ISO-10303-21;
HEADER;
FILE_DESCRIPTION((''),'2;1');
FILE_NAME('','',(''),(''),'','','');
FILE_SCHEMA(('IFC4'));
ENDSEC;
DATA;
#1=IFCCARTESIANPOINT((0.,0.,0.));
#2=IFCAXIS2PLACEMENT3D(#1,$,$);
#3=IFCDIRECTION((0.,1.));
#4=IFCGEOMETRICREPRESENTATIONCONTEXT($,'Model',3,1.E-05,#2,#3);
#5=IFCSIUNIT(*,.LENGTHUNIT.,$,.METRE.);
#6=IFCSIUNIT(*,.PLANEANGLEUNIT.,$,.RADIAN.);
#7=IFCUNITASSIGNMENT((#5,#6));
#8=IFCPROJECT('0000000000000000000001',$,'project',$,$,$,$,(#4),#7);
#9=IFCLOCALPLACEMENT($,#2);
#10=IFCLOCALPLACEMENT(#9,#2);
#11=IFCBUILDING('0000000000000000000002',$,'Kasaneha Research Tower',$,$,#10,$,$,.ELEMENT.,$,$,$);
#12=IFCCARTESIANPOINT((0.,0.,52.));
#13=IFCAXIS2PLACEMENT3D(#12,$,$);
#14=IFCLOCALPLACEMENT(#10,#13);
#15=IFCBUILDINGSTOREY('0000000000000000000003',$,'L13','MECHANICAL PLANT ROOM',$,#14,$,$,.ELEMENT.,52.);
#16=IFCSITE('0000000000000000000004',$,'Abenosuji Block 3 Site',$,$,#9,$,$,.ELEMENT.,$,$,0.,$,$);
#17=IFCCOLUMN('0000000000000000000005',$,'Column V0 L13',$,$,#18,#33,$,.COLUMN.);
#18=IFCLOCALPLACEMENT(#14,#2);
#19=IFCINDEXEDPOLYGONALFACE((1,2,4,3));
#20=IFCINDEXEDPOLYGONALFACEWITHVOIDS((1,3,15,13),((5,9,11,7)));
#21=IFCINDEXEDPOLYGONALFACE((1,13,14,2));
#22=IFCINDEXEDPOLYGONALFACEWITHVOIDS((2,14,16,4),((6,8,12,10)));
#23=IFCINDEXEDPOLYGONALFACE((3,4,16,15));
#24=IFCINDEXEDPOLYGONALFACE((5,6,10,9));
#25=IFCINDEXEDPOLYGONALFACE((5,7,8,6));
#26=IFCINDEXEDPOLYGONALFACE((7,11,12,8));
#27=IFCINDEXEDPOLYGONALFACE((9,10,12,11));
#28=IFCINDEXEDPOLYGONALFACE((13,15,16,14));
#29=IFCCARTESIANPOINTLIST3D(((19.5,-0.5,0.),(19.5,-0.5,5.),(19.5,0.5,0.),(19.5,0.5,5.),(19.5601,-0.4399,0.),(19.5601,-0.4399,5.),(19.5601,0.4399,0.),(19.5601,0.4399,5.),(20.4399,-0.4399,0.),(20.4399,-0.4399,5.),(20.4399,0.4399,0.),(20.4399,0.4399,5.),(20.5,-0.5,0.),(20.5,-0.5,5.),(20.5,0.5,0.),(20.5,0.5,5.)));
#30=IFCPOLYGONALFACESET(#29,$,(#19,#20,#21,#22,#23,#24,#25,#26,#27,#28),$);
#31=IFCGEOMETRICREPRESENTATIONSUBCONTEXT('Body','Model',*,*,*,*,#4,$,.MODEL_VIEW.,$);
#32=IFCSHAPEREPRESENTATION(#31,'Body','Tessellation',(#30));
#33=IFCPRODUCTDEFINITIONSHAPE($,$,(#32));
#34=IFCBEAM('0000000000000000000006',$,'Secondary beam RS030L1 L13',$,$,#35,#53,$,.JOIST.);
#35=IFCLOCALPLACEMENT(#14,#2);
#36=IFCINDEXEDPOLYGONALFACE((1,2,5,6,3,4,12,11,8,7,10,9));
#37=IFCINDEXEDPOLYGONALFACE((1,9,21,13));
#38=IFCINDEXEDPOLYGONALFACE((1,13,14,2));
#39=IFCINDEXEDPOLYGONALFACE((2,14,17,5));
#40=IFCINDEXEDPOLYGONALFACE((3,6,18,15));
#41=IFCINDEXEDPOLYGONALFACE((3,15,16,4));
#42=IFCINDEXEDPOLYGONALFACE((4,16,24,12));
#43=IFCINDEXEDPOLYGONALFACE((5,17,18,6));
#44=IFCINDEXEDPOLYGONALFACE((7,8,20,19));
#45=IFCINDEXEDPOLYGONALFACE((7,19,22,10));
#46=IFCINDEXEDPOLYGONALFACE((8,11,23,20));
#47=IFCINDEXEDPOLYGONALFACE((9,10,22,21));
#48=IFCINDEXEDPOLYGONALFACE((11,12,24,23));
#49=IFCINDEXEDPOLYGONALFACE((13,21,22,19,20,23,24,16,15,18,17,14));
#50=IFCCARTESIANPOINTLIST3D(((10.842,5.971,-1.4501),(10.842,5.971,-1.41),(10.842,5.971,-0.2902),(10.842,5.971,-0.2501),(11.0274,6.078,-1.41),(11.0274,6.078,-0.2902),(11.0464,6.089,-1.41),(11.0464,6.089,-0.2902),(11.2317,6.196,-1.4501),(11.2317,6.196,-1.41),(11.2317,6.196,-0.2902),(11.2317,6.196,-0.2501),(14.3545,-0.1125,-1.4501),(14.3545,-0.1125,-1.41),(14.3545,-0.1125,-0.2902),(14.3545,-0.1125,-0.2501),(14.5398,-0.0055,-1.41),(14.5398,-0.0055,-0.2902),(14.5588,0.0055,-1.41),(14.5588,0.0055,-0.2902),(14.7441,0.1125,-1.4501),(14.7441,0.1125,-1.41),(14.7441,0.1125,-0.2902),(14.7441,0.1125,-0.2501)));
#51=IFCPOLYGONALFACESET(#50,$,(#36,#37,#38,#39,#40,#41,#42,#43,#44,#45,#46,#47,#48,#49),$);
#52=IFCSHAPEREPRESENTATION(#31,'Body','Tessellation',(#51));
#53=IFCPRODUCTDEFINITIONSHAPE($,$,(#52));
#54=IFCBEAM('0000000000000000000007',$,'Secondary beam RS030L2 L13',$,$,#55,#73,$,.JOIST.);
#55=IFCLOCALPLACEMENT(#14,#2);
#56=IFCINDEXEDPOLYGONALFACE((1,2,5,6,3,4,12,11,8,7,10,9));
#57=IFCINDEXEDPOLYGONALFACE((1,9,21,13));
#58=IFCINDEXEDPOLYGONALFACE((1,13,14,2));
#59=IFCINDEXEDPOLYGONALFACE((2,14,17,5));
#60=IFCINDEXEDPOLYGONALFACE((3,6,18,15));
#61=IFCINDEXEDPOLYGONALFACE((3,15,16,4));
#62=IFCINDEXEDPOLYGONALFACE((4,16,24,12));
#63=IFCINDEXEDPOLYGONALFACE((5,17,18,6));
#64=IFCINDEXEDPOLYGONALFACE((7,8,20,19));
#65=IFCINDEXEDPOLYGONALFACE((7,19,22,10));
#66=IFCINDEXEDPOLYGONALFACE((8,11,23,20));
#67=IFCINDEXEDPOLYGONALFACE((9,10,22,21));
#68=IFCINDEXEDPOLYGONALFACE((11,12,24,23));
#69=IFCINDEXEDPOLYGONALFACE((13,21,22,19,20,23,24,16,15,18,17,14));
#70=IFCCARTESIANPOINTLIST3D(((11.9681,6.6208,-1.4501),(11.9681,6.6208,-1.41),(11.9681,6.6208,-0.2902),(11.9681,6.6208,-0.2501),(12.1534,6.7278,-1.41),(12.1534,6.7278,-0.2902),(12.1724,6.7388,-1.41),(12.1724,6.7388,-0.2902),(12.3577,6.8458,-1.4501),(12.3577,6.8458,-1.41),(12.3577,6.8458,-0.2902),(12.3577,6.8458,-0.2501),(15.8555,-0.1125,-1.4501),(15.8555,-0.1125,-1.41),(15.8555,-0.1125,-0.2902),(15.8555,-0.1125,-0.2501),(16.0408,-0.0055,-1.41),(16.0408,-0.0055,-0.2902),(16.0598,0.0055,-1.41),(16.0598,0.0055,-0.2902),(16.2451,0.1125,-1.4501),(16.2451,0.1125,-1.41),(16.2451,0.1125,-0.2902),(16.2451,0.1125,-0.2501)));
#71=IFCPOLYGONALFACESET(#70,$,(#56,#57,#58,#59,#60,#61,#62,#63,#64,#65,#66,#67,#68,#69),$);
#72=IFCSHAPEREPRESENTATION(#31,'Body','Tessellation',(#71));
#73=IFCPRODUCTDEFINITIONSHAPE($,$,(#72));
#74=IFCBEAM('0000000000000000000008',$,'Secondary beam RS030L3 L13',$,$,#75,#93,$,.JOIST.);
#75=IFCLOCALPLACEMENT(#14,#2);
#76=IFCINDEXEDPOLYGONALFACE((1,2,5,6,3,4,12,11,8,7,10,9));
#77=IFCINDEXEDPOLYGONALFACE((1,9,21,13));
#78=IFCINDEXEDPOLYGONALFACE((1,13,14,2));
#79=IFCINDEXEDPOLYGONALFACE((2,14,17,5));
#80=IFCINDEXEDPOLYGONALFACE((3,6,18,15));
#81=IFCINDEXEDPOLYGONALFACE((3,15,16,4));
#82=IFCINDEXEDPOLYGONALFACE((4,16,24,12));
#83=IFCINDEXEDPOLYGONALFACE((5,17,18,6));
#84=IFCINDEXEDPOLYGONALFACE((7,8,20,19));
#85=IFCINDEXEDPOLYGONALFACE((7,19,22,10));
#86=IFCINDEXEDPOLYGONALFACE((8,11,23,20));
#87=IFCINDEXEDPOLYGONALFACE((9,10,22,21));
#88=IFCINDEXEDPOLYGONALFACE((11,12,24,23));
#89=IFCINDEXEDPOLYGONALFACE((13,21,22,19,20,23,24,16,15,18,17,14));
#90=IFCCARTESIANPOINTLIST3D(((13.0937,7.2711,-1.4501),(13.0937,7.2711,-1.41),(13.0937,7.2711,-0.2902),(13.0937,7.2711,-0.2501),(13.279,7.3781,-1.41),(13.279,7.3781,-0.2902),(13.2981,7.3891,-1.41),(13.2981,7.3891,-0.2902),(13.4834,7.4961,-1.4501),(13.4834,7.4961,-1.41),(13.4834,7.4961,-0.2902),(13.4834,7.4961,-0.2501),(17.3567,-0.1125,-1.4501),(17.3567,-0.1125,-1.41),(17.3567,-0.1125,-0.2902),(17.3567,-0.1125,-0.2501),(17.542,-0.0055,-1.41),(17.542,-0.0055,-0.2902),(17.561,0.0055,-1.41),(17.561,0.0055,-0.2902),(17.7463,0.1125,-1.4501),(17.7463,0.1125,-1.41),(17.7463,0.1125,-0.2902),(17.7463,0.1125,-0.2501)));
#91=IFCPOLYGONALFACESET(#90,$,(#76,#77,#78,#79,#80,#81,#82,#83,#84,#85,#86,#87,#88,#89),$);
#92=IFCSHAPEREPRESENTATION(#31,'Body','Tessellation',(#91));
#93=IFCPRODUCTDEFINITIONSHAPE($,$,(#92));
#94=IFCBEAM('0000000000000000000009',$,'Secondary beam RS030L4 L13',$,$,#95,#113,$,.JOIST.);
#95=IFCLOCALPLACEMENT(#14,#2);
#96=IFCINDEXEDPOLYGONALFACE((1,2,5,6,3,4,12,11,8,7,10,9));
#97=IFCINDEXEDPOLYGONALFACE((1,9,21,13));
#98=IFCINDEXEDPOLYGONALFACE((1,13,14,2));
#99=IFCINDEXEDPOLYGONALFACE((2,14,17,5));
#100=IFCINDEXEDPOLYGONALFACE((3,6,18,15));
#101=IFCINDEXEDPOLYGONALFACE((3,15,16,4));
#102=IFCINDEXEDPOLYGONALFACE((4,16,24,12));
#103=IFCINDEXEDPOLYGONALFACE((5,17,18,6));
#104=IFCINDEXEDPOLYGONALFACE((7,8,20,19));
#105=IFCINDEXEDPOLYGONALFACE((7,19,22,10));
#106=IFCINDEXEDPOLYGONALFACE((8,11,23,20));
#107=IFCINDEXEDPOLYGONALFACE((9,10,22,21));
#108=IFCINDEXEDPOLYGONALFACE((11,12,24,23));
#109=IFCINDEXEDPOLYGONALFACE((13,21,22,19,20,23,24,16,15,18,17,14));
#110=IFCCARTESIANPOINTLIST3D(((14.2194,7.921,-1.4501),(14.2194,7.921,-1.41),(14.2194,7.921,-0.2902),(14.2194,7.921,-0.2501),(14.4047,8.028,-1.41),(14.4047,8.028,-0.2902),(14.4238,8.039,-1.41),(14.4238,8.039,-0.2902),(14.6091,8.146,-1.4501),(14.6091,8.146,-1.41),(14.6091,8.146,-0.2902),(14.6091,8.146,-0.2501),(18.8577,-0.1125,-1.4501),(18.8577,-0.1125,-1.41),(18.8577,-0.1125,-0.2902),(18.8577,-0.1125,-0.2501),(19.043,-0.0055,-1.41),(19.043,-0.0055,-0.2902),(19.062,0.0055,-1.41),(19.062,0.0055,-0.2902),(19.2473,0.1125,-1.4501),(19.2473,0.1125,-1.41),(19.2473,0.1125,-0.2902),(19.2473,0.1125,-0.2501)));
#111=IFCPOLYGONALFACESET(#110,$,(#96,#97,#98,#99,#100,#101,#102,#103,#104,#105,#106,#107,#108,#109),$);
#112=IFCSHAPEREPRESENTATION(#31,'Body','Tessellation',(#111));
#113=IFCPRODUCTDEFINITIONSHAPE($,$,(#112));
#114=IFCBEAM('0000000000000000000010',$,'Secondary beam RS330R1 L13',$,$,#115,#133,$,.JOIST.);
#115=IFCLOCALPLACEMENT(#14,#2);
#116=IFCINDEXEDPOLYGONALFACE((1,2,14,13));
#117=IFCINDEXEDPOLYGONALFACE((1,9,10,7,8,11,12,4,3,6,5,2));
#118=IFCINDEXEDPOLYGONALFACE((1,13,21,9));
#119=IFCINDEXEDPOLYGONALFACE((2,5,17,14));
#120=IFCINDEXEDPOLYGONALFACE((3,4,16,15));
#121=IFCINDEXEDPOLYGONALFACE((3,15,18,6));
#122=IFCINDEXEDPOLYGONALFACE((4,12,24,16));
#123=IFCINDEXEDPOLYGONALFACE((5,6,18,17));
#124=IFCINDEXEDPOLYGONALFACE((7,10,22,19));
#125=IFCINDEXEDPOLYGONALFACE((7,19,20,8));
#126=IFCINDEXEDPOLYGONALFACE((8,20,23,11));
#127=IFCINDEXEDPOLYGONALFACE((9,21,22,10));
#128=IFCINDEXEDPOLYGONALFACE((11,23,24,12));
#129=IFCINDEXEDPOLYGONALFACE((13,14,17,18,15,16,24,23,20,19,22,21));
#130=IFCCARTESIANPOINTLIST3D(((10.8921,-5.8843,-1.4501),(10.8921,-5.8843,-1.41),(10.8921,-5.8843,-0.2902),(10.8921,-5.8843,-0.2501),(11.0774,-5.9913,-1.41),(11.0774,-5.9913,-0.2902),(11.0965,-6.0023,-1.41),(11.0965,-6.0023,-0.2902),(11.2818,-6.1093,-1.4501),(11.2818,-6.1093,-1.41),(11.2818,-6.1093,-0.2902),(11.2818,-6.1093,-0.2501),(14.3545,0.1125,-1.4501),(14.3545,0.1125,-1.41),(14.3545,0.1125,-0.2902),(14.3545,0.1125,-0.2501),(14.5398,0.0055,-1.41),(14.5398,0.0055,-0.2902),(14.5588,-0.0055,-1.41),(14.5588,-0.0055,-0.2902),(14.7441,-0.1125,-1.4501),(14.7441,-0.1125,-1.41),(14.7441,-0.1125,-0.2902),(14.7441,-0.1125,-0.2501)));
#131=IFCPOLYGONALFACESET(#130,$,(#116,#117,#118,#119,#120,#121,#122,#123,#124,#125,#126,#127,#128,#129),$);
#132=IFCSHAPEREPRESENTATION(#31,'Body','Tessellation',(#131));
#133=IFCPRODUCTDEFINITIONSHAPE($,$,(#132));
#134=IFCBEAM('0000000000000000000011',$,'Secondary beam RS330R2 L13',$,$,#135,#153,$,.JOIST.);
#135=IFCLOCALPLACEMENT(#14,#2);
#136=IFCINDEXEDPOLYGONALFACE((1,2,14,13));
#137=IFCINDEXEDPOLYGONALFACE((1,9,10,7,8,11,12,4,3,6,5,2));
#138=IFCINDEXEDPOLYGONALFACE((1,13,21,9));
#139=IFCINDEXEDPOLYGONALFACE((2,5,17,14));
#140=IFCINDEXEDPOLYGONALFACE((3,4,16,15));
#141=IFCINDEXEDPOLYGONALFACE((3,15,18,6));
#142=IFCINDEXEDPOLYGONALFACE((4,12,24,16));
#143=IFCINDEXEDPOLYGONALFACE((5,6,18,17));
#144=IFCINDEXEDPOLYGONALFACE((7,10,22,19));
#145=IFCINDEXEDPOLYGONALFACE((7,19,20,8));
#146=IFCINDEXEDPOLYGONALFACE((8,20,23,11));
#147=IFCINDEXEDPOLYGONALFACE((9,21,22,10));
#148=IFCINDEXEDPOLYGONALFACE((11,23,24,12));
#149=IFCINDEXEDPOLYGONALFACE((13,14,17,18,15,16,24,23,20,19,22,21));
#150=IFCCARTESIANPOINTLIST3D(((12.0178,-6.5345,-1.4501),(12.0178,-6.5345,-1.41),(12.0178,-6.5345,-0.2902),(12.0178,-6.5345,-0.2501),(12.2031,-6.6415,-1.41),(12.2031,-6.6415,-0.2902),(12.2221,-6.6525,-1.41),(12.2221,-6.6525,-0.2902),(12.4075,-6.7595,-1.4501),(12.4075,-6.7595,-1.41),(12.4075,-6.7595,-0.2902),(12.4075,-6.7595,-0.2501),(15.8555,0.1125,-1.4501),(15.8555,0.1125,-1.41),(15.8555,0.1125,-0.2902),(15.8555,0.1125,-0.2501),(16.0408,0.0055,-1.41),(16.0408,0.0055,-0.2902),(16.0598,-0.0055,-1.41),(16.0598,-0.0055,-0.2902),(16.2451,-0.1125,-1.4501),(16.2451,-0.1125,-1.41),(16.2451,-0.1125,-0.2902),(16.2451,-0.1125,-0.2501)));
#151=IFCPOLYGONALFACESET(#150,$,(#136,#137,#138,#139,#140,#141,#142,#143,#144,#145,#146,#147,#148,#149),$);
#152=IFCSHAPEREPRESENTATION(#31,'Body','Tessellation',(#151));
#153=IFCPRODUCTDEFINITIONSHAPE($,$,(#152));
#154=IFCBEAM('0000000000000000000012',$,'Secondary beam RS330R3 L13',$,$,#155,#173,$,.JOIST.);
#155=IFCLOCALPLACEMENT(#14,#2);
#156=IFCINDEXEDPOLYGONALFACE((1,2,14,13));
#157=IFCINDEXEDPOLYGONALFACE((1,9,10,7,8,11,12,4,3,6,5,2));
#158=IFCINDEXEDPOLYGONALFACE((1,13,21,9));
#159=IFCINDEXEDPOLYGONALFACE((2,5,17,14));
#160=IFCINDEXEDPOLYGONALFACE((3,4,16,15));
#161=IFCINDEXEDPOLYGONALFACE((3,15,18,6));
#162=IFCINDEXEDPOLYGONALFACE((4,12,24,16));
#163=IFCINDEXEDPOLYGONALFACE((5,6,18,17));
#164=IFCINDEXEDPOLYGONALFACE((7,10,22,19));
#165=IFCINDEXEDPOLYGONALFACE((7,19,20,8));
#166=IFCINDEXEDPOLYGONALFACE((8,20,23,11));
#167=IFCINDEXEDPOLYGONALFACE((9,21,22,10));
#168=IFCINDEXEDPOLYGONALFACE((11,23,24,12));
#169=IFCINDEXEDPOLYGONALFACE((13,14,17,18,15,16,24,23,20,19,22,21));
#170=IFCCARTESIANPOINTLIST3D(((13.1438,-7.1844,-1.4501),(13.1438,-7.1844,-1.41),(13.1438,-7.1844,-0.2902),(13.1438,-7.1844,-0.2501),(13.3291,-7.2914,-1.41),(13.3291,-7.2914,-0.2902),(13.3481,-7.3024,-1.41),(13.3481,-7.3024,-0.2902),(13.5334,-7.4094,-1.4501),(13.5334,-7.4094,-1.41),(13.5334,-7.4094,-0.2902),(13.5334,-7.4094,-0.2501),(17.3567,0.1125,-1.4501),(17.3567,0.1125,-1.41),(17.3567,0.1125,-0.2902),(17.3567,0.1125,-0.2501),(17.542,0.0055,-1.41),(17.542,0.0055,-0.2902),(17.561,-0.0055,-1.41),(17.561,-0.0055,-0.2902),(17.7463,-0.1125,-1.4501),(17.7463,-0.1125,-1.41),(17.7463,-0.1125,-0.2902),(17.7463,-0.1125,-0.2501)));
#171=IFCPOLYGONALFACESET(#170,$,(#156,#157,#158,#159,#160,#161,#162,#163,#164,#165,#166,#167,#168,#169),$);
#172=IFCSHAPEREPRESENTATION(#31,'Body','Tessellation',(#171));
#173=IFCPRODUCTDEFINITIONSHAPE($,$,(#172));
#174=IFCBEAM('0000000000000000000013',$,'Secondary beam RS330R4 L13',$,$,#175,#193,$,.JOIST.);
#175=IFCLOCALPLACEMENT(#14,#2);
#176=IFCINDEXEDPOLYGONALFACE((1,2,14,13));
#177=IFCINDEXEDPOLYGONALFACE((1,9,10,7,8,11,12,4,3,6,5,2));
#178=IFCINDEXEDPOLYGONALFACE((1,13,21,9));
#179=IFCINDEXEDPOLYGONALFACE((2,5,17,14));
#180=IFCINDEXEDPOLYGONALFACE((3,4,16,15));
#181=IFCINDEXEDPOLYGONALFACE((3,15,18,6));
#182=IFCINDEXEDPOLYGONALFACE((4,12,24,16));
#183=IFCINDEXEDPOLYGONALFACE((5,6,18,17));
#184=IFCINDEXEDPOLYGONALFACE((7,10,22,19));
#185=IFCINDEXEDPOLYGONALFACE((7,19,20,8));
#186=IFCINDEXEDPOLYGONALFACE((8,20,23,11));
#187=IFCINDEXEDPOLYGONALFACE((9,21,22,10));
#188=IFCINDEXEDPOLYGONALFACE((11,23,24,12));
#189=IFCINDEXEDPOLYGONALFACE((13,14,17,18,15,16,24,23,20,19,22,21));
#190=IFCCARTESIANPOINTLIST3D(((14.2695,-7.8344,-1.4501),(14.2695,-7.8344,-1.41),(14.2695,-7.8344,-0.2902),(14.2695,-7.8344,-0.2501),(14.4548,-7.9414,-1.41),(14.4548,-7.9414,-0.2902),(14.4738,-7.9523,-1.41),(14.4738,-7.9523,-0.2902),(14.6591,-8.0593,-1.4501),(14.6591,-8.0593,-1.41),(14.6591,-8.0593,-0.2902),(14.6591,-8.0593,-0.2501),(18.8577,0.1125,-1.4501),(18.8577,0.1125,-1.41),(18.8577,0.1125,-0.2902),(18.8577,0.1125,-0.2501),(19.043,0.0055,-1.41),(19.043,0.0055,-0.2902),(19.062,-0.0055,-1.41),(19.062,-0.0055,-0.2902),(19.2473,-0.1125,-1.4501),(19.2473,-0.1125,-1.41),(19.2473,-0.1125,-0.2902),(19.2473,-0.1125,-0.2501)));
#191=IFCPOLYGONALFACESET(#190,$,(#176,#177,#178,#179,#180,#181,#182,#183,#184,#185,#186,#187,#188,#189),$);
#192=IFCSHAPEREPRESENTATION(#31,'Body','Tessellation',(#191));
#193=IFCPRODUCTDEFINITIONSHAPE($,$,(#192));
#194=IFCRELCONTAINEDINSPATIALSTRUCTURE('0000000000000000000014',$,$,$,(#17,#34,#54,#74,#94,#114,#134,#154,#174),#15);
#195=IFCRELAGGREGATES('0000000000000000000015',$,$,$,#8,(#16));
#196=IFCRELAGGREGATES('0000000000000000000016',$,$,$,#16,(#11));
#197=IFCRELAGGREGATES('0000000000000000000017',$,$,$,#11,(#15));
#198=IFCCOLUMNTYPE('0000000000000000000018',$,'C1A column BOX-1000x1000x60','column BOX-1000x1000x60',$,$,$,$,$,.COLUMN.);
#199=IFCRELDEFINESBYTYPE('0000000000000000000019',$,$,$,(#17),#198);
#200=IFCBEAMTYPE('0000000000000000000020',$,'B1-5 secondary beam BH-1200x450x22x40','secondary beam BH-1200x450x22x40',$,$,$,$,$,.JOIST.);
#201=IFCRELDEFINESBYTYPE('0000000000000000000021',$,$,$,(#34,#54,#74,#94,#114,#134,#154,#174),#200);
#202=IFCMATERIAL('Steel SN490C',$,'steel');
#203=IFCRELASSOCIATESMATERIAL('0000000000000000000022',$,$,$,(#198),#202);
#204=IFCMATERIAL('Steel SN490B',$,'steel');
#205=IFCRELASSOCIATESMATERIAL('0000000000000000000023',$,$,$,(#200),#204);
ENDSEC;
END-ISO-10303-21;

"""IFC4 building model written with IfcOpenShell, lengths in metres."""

from ifc_helpers import new_model, si_unit, direction, frame, origin, origin_2d, place, context, subcontext, project, spatial, hollow_rectangle, i_section, extrude, material, material_profile, profile_set, type_object, element, save


model = new_model("IFC4")

# Units and contexts
model_context = context("Model", 3, precision=1e-05, world=origin(), true_north=direction((0.0, 1.0)))
body_context = subcontext(model_context, "Body", "Model", "MODEL_VIEW")
ifc_project = project(units=[si_unit("LENGTHUNIT", "METRE"), si_unit("PLANEANGLEUNIT", "RADIAN")], contexts=[model_context])

# Site, building, storey
site_placement = place(None, origin())
site = spatial("IfcSite", under=ifc_project, at=site_placement, Name="Abenosuji Block 3 Site", CompositionType="ELEMENT", RefElevation=0.0)
building_placement = place(site_placement, origin())
building = spatial("IfcBuilding", under=site, at=building_placement, Name="Kasaneha Research Tower", CompositionType="ELEMENT")
storey_placement = place(building_placement, frame((0.0, 0.0, 52.0)))
storey = spatial("IfcBuildingStorey", under=building, at=storey_placement, Name="L13", Description="MECHANICAL PLANT ROOM", CompositionType="ELEMENT", Elevation=52.0)

# Column
ifc_material_1 = material(Name="Steel SN490C", Category="steel")
ifc_material_profile_1 = material_profile(ifc_material_1, hollow_rectangle(XDim=1.0, YDim=1.0, WallThickness=0.0601, at=origin_2d()), Name="BOX-1000x1000x60")
ifc_profile_set_1 = profile_set([ifc_material_profile_1], Name="Steel SN490C")
column_type = type_object("IfcColumnType", Name="C1A column BOX-1000x1000x60", Description="column BOX-1000x1000x60", PredefinedType="COLUMN", material=ifc_profile_set_1)
column_placement = place(storey_placement, frame((20.0, 0.0, 0.0), z_axis=(0.0, 0.0, 1.0), x_axis=(1.0, 0.0, 0.0)))
element("IfcColumn", 1, at=column_placement, inside=storey, type_object=column_type, Name="Column V0 L13", PredefinedType="COLUMN", context=body_context, shape_type="SweptSolid", body=[
    extrude(hollow_rectangle(XDim=1.0, YDim=1.0, WallThickness=0.0601, at=origin_2d()), origin(), (0.0, 0.0, 1.0), 5.0),
])

# Beams
ifc_material_2 = material(Name="Steel SN490B", Category="steel")
ifc_material_profile_2 = material_profile(ifc_material_2, i_section(OverallWidth=0.45, OverallDepth=1.2, WebThickness=0.022, FlangeThickness=0.04, at=origin_2d()), Name="BH-1200x450x22x40")
ifc_profile_set_2 = profile_set([ifc_material_profile_2], Name="Steel SN490B")
beam_type_1 = type_object("IfcBeamType", Name="B1-5 secondary beam BH-1200x450x22x40", Description="secondary beam BH-1200x450x22x40", PredefinedType="JOIST", material=ifc_profile_set_2)
beam_1_placement = place(storey_placement, frame((14.5493, 0.0, -0.8501), z_axis=(-0.500015, 0.866017, 0.0), x_axis=(-0.866017, -0.500015, 0.0)))
element("IfcBeam", 2, at=beam_1_placement, inside=storey, type_object=beam_type_1, Name="Secondary beam RS030L1 L13", PredefinedType="JOIST", context=body_context, shape_type="SweptSolid", body=[
    extrude(i_section(OverallWidth=0.45, OverallDepth=1.2, WebThickness=0.022, FlangeThickness=0.04, at=origin_2d()), origin(), (0.0, 0.0, 1.0), 7.0247),
])
beam_2_placement = place(storey_placement, frame((16.0503, 0.0, -0.8501), z_axis=(-0.499992, 0.86603, 0.0), x_axis=(-0.86603, -0.499992, 0.0)))
element("IfcBeam", 3, at=beam_2_placement, inside=storey, type_object=beam_type_1, Name="Secondary beam RS030L2 L13", PredefinedType="JOIST", context=body_context, shape_type="SweptSolid", body=[
    extrude(i_section(OverallWidth=0.45, OverallDepth=1.2, WebThickness=0.022, FlangeThickness=0.04, at=origin_2d()), origin(), (0.0, 0.0, 1.0), 7.7749),
])
beam_3_placement = place(storey_placement, frame((17.5515, 0.0, -0.8501), z_axis=(-0.500004, 0.866023, 0.0), x_axis=(-0.866023, -0.500004, 0.0)))
element("IfcBeam", 4, at=beam_3_placement, inside=storey, type_object=beam_type_1, Name="Secondary beam RS030L3 L13", PredefinedType="JOIST", context=body_context, shape_type="SweptSolid", body=[
    extrude(i_section(OverallWidth=0.45, OverallDepth=1.2, WebThickness=0.022, FlangeThickness=0.04, at=origin_2d()), origin(), (0.0, 0.0, 1.0), 8.5259),
])
beam_4_placement = place(storey_placement, frame((19.0525, 0.0, -0.8501), z_axis=(-0.500006, 0.866022, 0.0), x_axis=(-0.866022, -0.500006, 0.0)))
element("IfcBeam", 5, at=beam_4_placement, inside=storey, type_object=beam_type_1, Name="Secondary beam RS030L4 L13", PredefinedType="JOIST", context=body_context, shape_type="SweptSolid", body=[
    extrude(i_section(OverallWidth=0.45, OverallDepth=1.2, WebThickness=0.022, FlangeThickness=0.04, at=origin_2d()), origin(), (0.0, 0.0, 1.0), 9.2764),
])
beam_5_placement = place(storey_placement, frame((14.5493, 0.0, -0.8501), z_axis=(-0.500014, -0.866017, 0.0), x_axis=(0.866017, -0.500014, 0.0)))
element("IfcBeam", 6, at=beam_5_placement, inside=storey, type_object=beam_type_1, Name="Secondary beam RS330R1 L13", PredefinedType="JOIST", context=body_context, shape_type="SweptSolid", body=[
    extrude(i_section(OverallWidth=0.45, OverallDepth=1.2, WebThickness=0.022, FlangeThickness=0.04, at=origin_2d()), origin(), (0.0, 0.0, 1.0), 6.9246),
])
beam_6_placement = place(storey_placement, frame((16.0503, 0.0, -0.8501), z_axis=(-0.500001, -0.866025, 0.0), x_axis=(0.866025, -0.500001, 0.0)))
element("IfcBeam", 7, at=beam_6_placement, inside=storey, type_object=beam_type_1, Name="Secondary beam RS330R2 L13", PredefinedType="JOIST", context=body_context, shape_type="SweptSolid", body=[
    extrude(i_section(OverallWidth=0.45, OverallDepth=1.2, WebThickness=0.022, FlangeThickness=0.04, at=origin_2d()), origin(), (0.0, 0.0, 1.0), 7.6753),
])
beam_7_placement = place(storey_placement, frame((17.5515, 0.0, -0.8501), z_axis=(-0.500003, -0.866023, 0.0), x_axis=(0.866023, -0.500003, 0.0)))
element("IfcBeam", 8, at=beam_7_placement, inside=storey, type_object=beam_type_1, Name="Secondary beam RS330R3 L13", PredefinedType="JOIST", context=body_context, shape_type="SweptSolid", body=[
    extrude(i_section(OverallWidth=0.45, OverallDepth=1.2, WebThickness=0.022, FlangeThickness=0.04, at=origin_2d()), origin(), (0.0, 0.0, 1.0), 8.4258),
])
beam_8_placement = place(storey_placement, frame((19.0525, 0.0, -0.8501), z_axis=(-0.500005, -0.866023, 0.0), x_axis=(0.866023, -0.500005, 0.0)))
element("IfcBeam", 9, at=beam_8_placement, inside=storey, type_object=beam_type_1, Name="Secondary beam RS330R4 L13", PredefinedType="JOIST", context=body_context, shape_type="SweptSolid", body=[
    extrude(i_section(OverallWidth=0.45, OverallDepth=1.2, WebThickness=0.022, FlangeThickness=0.04, at=origin_2d()), origin(), (0.0, 0.0, 1.0), 9.1763),
])

save(model, "model.ifc")
